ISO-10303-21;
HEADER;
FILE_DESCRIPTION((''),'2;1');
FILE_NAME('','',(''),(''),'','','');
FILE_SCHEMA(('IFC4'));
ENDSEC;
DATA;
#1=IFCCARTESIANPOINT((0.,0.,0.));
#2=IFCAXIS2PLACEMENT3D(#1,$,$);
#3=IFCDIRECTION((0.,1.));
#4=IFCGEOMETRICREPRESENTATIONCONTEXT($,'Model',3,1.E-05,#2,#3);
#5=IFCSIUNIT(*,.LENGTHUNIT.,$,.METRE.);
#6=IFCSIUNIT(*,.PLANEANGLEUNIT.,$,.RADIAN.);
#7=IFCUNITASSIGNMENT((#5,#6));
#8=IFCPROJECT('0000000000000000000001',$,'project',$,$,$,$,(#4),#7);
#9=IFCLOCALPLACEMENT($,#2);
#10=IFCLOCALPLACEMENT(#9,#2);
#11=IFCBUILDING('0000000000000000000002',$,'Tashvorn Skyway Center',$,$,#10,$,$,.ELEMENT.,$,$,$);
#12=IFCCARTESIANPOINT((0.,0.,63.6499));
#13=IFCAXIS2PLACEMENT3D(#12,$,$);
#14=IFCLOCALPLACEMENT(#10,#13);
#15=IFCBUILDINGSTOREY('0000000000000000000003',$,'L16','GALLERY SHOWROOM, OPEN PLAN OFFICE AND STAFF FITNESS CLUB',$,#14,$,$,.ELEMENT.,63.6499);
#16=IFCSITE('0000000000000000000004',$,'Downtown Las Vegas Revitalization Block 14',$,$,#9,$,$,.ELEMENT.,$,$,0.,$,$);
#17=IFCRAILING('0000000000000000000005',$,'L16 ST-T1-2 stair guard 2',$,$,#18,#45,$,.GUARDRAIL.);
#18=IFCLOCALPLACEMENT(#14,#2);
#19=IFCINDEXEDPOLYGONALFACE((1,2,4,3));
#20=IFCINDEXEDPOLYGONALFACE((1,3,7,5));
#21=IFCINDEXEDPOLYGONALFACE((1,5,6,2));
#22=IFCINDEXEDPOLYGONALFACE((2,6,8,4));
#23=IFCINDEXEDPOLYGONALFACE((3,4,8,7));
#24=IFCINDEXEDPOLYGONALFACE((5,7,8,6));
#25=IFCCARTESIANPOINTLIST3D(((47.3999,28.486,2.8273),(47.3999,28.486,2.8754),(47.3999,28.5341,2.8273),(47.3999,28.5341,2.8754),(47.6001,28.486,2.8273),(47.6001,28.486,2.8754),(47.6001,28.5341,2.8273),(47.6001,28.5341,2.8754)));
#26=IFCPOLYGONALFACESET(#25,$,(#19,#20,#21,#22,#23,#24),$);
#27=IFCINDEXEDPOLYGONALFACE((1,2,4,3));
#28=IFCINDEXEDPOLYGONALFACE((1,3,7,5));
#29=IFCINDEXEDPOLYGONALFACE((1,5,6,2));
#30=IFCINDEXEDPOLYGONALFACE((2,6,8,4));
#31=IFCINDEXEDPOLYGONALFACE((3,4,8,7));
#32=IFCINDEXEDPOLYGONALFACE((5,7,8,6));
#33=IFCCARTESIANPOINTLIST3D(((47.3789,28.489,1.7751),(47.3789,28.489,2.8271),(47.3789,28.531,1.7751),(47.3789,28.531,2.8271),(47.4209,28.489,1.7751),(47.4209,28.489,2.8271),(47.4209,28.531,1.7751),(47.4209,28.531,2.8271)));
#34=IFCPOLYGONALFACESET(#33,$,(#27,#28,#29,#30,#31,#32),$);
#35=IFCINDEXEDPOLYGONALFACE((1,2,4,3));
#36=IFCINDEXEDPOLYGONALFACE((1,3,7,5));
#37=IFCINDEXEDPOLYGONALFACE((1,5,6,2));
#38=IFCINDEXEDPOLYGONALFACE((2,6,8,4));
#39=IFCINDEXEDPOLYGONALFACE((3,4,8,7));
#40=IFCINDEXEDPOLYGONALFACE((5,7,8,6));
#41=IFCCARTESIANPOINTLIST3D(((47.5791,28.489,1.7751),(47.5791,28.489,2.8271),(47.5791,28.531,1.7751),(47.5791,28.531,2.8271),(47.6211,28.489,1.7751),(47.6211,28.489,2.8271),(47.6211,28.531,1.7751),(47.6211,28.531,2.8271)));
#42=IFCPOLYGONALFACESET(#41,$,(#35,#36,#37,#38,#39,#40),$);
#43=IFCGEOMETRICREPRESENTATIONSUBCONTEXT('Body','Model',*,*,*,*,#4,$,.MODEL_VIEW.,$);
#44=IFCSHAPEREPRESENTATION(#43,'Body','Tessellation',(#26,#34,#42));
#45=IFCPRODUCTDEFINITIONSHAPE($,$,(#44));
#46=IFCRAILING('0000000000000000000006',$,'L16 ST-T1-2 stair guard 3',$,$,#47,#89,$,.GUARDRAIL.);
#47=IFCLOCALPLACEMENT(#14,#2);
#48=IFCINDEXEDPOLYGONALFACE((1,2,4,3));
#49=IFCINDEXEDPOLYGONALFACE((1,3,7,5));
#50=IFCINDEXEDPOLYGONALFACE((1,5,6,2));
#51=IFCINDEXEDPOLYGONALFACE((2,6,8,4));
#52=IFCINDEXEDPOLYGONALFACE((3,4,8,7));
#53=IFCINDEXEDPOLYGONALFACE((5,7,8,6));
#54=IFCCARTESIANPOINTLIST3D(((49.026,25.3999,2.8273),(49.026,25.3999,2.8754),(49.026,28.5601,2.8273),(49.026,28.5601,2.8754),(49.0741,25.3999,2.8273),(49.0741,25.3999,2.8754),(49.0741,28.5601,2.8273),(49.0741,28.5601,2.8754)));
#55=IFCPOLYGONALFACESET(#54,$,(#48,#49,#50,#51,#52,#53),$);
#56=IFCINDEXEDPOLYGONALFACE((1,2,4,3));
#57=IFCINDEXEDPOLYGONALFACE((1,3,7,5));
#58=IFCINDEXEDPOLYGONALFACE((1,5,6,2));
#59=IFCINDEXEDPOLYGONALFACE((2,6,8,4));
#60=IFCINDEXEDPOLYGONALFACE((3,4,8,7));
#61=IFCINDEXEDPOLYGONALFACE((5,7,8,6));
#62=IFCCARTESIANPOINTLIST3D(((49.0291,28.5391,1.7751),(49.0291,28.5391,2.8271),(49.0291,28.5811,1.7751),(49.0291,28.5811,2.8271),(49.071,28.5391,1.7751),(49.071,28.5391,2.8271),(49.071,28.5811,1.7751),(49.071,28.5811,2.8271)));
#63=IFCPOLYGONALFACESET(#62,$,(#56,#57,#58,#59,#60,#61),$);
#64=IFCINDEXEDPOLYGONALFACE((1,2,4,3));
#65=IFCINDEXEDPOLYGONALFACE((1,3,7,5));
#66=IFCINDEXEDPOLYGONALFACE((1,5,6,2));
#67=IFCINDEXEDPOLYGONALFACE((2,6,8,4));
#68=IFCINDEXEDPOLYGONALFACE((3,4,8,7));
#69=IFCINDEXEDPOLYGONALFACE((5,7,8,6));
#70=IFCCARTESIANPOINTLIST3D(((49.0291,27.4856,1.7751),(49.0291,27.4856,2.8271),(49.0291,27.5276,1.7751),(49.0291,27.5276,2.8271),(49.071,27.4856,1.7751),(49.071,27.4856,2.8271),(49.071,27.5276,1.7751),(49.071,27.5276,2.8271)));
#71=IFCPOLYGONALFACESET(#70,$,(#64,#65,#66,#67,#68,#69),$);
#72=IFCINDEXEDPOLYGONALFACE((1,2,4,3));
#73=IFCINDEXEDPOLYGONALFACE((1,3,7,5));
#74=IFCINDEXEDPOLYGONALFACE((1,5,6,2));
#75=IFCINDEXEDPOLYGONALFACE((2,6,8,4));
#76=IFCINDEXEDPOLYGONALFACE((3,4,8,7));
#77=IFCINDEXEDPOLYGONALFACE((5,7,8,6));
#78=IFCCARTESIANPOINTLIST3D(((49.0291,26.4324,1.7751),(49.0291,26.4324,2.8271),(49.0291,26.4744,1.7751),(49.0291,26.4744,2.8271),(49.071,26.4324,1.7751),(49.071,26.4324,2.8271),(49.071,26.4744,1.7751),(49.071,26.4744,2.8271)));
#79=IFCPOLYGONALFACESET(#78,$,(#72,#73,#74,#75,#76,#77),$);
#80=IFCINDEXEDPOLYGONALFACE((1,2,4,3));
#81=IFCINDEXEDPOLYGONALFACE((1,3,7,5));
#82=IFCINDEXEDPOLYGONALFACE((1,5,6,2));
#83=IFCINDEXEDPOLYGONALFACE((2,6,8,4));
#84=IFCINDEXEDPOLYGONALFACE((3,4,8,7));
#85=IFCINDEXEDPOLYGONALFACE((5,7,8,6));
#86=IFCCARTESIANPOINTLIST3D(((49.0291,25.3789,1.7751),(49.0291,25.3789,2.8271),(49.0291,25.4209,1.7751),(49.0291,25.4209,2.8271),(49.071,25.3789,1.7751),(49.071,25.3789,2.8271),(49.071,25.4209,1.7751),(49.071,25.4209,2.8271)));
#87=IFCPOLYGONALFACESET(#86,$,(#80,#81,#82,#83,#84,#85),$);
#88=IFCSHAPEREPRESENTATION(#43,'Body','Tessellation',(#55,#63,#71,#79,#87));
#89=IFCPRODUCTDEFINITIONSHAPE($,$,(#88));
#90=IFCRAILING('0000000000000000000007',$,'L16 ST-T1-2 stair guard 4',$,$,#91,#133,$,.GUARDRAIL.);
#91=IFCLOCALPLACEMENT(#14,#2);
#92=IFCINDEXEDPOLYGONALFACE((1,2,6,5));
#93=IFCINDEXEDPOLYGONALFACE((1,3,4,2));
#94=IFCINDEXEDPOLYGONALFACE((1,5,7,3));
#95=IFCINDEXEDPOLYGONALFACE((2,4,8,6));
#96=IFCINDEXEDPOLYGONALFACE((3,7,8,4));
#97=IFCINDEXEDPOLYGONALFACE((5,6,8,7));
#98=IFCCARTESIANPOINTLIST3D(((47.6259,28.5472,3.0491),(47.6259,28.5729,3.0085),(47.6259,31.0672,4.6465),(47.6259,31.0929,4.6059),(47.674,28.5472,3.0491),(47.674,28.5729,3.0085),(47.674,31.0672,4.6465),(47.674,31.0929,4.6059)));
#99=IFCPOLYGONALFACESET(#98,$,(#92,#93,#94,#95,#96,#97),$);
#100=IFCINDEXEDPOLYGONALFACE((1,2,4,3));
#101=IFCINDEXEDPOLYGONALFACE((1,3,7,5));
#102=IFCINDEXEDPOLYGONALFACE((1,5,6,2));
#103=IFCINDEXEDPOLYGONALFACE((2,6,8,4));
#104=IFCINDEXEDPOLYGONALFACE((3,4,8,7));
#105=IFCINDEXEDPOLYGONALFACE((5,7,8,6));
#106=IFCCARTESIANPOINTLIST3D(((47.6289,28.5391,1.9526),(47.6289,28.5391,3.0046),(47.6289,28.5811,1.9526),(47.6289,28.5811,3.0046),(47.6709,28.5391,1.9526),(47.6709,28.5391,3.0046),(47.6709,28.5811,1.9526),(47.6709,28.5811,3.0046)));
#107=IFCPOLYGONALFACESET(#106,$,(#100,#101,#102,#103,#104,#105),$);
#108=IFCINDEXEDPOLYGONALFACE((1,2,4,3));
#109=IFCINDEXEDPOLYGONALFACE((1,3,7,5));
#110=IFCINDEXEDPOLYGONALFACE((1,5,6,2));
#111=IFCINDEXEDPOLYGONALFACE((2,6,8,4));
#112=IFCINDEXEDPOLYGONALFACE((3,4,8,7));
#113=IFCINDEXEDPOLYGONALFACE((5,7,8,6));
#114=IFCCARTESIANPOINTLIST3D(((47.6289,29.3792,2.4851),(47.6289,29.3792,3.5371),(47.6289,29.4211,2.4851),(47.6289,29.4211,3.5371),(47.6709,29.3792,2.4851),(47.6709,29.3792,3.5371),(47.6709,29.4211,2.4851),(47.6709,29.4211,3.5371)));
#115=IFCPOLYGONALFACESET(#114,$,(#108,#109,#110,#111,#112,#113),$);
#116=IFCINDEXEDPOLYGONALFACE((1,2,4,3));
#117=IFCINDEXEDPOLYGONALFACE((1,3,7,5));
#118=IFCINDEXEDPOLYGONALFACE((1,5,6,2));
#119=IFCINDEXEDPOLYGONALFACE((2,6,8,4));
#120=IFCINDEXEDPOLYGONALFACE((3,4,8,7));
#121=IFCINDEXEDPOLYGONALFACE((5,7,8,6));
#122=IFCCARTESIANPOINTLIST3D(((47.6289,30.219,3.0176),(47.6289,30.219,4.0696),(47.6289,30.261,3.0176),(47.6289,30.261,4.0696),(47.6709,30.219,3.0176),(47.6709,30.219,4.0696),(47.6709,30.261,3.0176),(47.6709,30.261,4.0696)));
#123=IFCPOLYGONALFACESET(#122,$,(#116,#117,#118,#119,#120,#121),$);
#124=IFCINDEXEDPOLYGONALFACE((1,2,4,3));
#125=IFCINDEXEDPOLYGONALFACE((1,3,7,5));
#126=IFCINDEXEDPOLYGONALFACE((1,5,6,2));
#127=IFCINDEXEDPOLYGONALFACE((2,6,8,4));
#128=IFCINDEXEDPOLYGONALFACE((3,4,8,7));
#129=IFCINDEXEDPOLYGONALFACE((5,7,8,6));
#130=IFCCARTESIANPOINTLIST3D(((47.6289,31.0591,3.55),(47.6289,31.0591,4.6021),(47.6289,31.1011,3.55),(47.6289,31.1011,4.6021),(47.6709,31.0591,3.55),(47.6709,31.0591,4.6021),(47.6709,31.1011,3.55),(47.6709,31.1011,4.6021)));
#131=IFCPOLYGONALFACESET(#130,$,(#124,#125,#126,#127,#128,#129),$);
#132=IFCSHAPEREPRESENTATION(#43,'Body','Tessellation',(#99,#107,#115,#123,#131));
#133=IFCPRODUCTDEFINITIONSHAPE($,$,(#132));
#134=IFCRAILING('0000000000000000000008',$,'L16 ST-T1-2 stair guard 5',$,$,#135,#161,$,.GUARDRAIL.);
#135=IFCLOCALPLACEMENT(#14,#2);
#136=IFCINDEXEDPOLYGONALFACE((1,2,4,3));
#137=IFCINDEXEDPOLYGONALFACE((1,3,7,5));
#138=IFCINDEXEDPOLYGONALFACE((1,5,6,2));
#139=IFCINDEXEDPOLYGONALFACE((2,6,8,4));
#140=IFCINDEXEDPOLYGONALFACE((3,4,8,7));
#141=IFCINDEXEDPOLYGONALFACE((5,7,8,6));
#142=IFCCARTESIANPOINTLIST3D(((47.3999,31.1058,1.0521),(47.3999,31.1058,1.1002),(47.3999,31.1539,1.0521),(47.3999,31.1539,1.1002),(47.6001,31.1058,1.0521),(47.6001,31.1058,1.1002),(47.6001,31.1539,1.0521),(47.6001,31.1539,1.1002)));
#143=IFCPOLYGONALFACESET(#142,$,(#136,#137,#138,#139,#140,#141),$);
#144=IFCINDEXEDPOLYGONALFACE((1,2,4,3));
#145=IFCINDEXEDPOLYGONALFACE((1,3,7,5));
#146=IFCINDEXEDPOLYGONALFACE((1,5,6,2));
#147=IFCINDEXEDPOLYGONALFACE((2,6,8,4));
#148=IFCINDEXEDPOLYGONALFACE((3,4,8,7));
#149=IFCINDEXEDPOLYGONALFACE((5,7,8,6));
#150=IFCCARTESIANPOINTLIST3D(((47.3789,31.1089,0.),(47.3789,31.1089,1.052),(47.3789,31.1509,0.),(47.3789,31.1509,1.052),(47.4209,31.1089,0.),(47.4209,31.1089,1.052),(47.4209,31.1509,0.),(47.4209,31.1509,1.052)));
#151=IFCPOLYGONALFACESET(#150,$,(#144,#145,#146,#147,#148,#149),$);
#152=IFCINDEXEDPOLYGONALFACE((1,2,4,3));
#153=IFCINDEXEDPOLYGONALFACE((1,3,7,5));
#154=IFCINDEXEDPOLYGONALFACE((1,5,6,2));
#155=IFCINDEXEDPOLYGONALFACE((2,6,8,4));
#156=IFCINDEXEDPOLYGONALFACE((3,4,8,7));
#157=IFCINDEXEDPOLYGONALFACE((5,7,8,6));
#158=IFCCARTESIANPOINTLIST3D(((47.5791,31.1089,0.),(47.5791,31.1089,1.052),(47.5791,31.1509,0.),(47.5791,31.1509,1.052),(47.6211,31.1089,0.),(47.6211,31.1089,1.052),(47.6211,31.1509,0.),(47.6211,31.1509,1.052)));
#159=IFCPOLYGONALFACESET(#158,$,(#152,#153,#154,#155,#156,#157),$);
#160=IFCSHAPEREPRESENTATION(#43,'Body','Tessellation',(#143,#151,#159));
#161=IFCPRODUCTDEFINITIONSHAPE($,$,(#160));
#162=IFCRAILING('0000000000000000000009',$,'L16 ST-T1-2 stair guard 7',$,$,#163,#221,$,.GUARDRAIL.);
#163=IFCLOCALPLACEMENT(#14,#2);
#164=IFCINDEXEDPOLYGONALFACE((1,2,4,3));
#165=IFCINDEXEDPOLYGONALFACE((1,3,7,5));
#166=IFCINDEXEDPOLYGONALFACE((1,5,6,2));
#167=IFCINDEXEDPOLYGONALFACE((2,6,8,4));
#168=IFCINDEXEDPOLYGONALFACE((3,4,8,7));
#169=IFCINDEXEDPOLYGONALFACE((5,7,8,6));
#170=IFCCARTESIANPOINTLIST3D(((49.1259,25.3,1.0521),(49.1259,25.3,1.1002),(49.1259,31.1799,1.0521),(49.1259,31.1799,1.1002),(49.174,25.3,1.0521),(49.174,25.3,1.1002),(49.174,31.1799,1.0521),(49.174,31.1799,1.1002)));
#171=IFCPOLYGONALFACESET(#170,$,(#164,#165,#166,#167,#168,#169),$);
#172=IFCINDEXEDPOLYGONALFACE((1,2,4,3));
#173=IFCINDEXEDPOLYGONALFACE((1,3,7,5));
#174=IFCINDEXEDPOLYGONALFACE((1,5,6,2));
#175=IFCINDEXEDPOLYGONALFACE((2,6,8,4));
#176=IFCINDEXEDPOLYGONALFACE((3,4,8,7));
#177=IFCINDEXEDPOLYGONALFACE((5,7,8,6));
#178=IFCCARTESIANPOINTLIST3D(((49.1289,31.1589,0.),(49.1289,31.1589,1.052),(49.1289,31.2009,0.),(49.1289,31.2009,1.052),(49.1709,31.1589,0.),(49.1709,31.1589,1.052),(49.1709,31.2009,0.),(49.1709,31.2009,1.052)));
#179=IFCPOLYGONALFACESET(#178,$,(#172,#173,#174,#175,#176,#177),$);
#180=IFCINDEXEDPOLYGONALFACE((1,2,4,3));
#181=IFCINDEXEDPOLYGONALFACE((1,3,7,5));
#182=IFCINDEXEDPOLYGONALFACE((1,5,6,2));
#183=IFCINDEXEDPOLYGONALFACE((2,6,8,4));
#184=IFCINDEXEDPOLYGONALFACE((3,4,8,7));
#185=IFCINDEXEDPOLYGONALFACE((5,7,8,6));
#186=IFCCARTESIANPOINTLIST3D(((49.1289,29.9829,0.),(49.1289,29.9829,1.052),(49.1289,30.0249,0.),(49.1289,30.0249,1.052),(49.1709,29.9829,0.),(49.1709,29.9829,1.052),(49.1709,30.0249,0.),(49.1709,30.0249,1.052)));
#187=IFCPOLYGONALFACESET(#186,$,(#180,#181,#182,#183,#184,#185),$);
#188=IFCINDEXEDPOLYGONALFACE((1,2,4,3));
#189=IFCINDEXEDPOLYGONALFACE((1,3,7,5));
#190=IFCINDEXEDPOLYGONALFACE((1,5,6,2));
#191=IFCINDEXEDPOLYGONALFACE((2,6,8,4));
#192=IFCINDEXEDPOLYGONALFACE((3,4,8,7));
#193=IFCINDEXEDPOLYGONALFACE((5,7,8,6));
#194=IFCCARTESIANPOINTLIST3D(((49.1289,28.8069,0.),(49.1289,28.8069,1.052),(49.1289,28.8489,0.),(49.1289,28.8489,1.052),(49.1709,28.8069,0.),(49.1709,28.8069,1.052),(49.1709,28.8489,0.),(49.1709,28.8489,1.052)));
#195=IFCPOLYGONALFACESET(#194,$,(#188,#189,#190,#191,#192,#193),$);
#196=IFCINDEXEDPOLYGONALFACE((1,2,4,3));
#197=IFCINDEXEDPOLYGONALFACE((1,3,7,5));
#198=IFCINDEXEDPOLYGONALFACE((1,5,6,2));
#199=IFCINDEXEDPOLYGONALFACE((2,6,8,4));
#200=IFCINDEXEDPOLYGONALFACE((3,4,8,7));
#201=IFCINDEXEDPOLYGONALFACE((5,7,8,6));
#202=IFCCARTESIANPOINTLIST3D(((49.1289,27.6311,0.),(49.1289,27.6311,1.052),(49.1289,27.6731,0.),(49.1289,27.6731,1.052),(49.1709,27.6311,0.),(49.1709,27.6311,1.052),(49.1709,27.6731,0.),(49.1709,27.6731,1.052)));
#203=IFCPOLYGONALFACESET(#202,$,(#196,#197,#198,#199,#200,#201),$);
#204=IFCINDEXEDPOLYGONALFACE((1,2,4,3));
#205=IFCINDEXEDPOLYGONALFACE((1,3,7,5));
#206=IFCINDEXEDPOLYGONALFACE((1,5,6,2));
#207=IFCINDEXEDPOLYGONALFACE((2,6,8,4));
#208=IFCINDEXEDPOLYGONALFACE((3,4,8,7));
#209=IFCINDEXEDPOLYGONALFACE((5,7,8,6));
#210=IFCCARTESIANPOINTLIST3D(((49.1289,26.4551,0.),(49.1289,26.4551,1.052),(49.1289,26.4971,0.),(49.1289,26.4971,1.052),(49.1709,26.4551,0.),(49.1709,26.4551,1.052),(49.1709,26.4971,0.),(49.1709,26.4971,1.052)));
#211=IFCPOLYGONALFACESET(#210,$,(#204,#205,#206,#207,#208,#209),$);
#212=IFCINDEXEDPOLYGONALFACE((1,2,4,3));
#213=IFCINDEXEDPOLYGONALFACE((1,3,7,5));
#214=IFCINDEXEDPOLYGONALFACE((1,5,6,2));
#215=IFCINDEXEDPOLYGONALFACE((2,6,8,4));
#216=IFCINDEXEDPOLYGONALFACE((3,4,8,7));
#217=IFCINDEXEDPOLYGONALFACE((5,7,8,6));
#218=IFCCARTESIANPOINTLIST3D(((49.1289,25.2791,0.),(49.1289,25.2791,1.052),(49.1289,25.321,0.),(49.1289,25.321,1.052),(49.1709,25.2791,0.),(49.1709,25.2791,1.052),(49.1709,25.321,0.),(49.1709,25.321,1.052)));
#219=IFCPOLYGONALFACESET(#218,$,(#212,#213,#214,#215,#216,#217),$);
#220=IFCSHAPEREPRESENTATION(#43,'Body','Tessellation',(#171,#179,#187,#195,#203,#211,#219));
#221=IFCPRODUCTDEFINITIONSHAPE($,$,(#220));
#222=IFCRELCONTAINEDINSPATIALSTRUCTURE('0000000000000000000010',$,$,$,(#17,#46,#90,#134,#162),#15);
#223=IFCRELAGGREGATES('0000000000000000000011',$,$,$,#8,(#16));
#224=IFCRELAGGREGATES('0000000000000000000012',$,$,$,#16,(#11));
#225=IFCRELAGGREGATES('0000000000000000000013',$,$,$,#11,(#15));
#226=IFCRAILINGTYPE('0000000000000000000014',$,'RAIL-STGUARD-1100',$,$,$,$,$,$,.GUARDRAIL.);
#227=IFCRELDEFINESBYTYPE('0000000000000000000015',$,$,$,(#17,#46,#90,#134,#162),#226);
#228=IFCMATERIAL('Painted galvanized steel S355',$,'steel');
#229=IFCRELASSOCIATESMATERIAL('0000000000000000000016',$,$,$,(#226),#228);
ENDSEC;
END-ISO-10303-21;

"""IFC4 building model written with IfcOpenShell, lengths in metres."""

from ifc_helpers import new_model, si_unit, direction, frame, origin, origin_2d, place, context, subcontext, project, spatial, rectangle, extrude, material, type_object, element, save


model = new_model("IFC4")

# Units and contexts
model_context = context("Model", 3, precision=1e-05, world=origin(), true_north=direction((0.0, 1.0)))
body_context = subcontext(model_context, "Body", "Model", "MODEL_VIEW")
ifc_project = project(units=[si_unit("LENGTHUNIT", "METRE"), si_unit("PLANEANGLEUNIT", "RADIAN")], contexts=[model_context])

# Site, building, storey
site_placement = place(None, origin())
site = spatial("IfcSite", under=ifc_project, at=site_placement, Name="Downtown Las Vegas Revitalization Block 14", CompositionType="ELEMENT", RefElevation=0.0)
building_placement = place(site_placement, origin())
building = spatial("IfcBuilding", under=site, at=building_placement, Name="Tashvorn Skyway Center", CompositionType="ELEMENT")
storey_placement = place(building_placement, frame((0.0, 0.0, 63.6499)))
storey = spatial("IfcBuildingStorey", under=building, at=storey_placement, Name="L16", Description="GALLERY SHOWROOM, OPEN PLAN OFFICE AND STAFF FITNESS CLUB", CompositionType="ELEMENT", Elevation=63.6499)

# Railings
ifc_material_1 = material(Name="Painted galvanized steel S355", Category="steel")
railing_type_1 = type_object("IfcRailingType", Name="RAIL-STGUARD-1100", PredefinedType="GUARDRAIL", material=ifc_material_1)
railing_1_placement = place(storey_placement, frame((47.3999, 28.51, 1.7751)))
element("IfcRailing", 1, at=railing_1_placement, inside=storey, type_object=railing_type_1, Name="L16 ST-T1-2 stair guard 2", PredefinedType="GUARDRAIL", context=body_context, shape_type="SweptSolid", body=[
    extrude(rectangle(XDim=0.0481, YDim=0.0481, at=origin_2d()), frame((0.0, 0.0, 1.0762), z_axis=(1.0, 0.0, 0.0), x_axis=(0.0, 1.0, 0.0)), (0.0, 0.0, 1.0), 0.2002),
    extrude(rectangle(XDim=0.042, YDim=0.042, at=origin_2d()), origin(), (0.0, 0.0, 1.0), 1.052),
    extrude(rectangle(XDim=0.042, YDim=0.042, at=origin_2d()), frame((0.2002, 0.0, 0.0)), (0.0, 0.0, 1.0), 1.052),
])
railing_2_placement = place(storey_placement, frame((49.05, 28.5601, 1.7751)))
element("IfcRailing", 2, at=railing_2_placement, inside=storey, type_object=railing_type_1, Name="L16 ST-T1-2 stair guard 3", PredefinedType="GUARDRAIL", context=body_context, shape_type="SweptSolid", body=[
    extrude(rectangle(XDim=0.0481, YDim=0.0481, at=origin_2d()), frame((0.0, 0.0, 1.0762), z_axis=(0.0, -1.0, 0.0), x_axis=(1.0, 0.0, 0.0)), (0.0, 0.0, 1.0), 3.1602),
    extrude(rectangle(XDim=0.042, YDim=0.042, at=origin_2d()), origin(), (0.0, 0.0, 1.0), 1.052),
    extrude(rectangle(XDim=0.042, YDim=0.042, at=origin_2d()), frame((0.0, -1.0535, 0.0)), (0.0, 0.0, 1.0), 1.052),
    extrude(rectangle(XDim=0.042, YDim=0.042, at=origin_2d()), frame((0.0, -2.1067, 0.0)), (0.0, 0.0, 1.0), 1.052),
    extrude(rectangle(XDim=0.042, YDim=0.042, at=origin_2d()), frame((0.0, -3.1602, 0.0)), (0.0, 0.0, 1.0), 1.052),
])
railing_3_placement = place(storey_placement, frame((47.6499, 28.5601, 1.9526)))
element("IfcRailing", 3, at=railing_3_placement, inside=storey, type_object=railing_type_1, Name="L16 ST-T1-2 stair guard 4", PredefinedType="GUARDRAIL", context=body_context, shape_type="SweptSolid", body=[
    extrude(rectangle(XDim=0.0481, YDim=0.0481, at=origin_2d()), frame((0.0, 0.0, 1.0762), z_axis=(0.0, 0.844607, 0.535387), x_axis=(-1.0, 0.0, 0.0)), (0.0, 0.0, 1.0), 2.9836),
    extrude(rectangle(XDim=0.042, YDim=0.042, at=origin_2d()), origin(), (0.0, 0.0, 1.0), 1.052),
    extrude(rectangle(XDim=0.042, YDim=0.042, at=origin_2d()), frame((0.0, 0.8401, 0.5325)), (0.0, 0.0, 1.0), 1.052),
    extrude(rectangle(XDim=0.042, YDim=0.042, at=origin_2d()), frame((0.0, 1.6799, 1.0649)), (0.0, 0.0, 1.0), 1.052),
    extrude(rectangle(XDim=0.042, YDim=0.042, at=origin_2d()), frame((0.0, 2.52, 1.5974)), (0.0, 0.0, 1.0), 1.052),
])
railing_4_placement = place(storey_placement, frame((47.3999, 31.1299, 0.0)))
element("IfcRailing", 4, at=railing_4_placement, inside=storey, type_object=railing_type_1, Name="L16 ST-T1-2 stair guard 5", PredefinedType="GUARDRAIL", context=body_context, shape_type="SweptSolid", body=[
    extrude(rectangle(XDim=0.0481, YDim=0.0481, at=origin_2d()), frame((0.0, 0.0, 1.0762), z_axis=(1.0, 0.0, 0.0), x_axis=(0.0, 1.0, 0.0)), (0.0, 0.0, 1.0), 0.2002),
    extrude(rectangle(XDim=0.042, YDim=0.042, at=origin_2d()), origin(), (0.0, 0.0, 1.0), 1.052),
    extrude(rectangle(XDim=0.042, YDim=0.042, at=origin_2d()), frame((0.2002, 0.0, 0.0)), (0.0, 0.0, 1.0), 1.052),
])
railing_5_placement = place(storey_placement, frame((49.1499, 31.1799, 0.0)))
element("IfcRailing", 5, at=railing_5_placement, inside=storey, type_object=railing_type_1, Name="L16 ST-T1-2 stair guard 7", PredefinedType="GUARDRAIL", context=body_context, shape_type="SweptSolid", body=[
    extrude(rectangle(XDim=0.0481, YDim=0.0481, at=origin_2d()), frame((0.0, 0.0, 1.0762), z_axis=(0.0, -1.0, 0.0), x_axis=(1.0, 0.0, 0.0)), (0.0, 0.0, 1.0), 5.8799),
    extrude(rectangle(XDim=0.042, YDim=0.042, at=origin_2d()), origin(), (0.0, 0.0, 1.0), 1.052),
    extrude(rectangle(XDim=0.042, YDim=0.042, at=origin_2d()), frame((0.0, -1.176, 0.0)), (0.0, 0.0, 1.0), 1.052),
    extrude(rectangle(XDim=0.042, YDim=0.042, at=origin_2d()), frame((0.0, -2.3521, 0.0)), (0.0, 0.0, 1.0), 1.052),
    extrude(rectangle(XDim=0.042, YDim=0.042, at=origin_2d()), frame((0.0, -3.5278, 0.0)), (0.0, 0.0, 1.0), 1.052),
    extrude(rectangle(XDim=0.042, YDim=0.042, at=origin_2d()), frame((0.0, -4.7039, 0.0)), (0.0, 0.0, 1.0), 1.052),
    extrude(rectangle(XDim=0.042, YDim=0.042, at=origin_2d()), frame((0.0, -5.8799, 0.0)), (0.0, 0.0, 1.0), 1.052),
])

save(model, "model.ifc")
